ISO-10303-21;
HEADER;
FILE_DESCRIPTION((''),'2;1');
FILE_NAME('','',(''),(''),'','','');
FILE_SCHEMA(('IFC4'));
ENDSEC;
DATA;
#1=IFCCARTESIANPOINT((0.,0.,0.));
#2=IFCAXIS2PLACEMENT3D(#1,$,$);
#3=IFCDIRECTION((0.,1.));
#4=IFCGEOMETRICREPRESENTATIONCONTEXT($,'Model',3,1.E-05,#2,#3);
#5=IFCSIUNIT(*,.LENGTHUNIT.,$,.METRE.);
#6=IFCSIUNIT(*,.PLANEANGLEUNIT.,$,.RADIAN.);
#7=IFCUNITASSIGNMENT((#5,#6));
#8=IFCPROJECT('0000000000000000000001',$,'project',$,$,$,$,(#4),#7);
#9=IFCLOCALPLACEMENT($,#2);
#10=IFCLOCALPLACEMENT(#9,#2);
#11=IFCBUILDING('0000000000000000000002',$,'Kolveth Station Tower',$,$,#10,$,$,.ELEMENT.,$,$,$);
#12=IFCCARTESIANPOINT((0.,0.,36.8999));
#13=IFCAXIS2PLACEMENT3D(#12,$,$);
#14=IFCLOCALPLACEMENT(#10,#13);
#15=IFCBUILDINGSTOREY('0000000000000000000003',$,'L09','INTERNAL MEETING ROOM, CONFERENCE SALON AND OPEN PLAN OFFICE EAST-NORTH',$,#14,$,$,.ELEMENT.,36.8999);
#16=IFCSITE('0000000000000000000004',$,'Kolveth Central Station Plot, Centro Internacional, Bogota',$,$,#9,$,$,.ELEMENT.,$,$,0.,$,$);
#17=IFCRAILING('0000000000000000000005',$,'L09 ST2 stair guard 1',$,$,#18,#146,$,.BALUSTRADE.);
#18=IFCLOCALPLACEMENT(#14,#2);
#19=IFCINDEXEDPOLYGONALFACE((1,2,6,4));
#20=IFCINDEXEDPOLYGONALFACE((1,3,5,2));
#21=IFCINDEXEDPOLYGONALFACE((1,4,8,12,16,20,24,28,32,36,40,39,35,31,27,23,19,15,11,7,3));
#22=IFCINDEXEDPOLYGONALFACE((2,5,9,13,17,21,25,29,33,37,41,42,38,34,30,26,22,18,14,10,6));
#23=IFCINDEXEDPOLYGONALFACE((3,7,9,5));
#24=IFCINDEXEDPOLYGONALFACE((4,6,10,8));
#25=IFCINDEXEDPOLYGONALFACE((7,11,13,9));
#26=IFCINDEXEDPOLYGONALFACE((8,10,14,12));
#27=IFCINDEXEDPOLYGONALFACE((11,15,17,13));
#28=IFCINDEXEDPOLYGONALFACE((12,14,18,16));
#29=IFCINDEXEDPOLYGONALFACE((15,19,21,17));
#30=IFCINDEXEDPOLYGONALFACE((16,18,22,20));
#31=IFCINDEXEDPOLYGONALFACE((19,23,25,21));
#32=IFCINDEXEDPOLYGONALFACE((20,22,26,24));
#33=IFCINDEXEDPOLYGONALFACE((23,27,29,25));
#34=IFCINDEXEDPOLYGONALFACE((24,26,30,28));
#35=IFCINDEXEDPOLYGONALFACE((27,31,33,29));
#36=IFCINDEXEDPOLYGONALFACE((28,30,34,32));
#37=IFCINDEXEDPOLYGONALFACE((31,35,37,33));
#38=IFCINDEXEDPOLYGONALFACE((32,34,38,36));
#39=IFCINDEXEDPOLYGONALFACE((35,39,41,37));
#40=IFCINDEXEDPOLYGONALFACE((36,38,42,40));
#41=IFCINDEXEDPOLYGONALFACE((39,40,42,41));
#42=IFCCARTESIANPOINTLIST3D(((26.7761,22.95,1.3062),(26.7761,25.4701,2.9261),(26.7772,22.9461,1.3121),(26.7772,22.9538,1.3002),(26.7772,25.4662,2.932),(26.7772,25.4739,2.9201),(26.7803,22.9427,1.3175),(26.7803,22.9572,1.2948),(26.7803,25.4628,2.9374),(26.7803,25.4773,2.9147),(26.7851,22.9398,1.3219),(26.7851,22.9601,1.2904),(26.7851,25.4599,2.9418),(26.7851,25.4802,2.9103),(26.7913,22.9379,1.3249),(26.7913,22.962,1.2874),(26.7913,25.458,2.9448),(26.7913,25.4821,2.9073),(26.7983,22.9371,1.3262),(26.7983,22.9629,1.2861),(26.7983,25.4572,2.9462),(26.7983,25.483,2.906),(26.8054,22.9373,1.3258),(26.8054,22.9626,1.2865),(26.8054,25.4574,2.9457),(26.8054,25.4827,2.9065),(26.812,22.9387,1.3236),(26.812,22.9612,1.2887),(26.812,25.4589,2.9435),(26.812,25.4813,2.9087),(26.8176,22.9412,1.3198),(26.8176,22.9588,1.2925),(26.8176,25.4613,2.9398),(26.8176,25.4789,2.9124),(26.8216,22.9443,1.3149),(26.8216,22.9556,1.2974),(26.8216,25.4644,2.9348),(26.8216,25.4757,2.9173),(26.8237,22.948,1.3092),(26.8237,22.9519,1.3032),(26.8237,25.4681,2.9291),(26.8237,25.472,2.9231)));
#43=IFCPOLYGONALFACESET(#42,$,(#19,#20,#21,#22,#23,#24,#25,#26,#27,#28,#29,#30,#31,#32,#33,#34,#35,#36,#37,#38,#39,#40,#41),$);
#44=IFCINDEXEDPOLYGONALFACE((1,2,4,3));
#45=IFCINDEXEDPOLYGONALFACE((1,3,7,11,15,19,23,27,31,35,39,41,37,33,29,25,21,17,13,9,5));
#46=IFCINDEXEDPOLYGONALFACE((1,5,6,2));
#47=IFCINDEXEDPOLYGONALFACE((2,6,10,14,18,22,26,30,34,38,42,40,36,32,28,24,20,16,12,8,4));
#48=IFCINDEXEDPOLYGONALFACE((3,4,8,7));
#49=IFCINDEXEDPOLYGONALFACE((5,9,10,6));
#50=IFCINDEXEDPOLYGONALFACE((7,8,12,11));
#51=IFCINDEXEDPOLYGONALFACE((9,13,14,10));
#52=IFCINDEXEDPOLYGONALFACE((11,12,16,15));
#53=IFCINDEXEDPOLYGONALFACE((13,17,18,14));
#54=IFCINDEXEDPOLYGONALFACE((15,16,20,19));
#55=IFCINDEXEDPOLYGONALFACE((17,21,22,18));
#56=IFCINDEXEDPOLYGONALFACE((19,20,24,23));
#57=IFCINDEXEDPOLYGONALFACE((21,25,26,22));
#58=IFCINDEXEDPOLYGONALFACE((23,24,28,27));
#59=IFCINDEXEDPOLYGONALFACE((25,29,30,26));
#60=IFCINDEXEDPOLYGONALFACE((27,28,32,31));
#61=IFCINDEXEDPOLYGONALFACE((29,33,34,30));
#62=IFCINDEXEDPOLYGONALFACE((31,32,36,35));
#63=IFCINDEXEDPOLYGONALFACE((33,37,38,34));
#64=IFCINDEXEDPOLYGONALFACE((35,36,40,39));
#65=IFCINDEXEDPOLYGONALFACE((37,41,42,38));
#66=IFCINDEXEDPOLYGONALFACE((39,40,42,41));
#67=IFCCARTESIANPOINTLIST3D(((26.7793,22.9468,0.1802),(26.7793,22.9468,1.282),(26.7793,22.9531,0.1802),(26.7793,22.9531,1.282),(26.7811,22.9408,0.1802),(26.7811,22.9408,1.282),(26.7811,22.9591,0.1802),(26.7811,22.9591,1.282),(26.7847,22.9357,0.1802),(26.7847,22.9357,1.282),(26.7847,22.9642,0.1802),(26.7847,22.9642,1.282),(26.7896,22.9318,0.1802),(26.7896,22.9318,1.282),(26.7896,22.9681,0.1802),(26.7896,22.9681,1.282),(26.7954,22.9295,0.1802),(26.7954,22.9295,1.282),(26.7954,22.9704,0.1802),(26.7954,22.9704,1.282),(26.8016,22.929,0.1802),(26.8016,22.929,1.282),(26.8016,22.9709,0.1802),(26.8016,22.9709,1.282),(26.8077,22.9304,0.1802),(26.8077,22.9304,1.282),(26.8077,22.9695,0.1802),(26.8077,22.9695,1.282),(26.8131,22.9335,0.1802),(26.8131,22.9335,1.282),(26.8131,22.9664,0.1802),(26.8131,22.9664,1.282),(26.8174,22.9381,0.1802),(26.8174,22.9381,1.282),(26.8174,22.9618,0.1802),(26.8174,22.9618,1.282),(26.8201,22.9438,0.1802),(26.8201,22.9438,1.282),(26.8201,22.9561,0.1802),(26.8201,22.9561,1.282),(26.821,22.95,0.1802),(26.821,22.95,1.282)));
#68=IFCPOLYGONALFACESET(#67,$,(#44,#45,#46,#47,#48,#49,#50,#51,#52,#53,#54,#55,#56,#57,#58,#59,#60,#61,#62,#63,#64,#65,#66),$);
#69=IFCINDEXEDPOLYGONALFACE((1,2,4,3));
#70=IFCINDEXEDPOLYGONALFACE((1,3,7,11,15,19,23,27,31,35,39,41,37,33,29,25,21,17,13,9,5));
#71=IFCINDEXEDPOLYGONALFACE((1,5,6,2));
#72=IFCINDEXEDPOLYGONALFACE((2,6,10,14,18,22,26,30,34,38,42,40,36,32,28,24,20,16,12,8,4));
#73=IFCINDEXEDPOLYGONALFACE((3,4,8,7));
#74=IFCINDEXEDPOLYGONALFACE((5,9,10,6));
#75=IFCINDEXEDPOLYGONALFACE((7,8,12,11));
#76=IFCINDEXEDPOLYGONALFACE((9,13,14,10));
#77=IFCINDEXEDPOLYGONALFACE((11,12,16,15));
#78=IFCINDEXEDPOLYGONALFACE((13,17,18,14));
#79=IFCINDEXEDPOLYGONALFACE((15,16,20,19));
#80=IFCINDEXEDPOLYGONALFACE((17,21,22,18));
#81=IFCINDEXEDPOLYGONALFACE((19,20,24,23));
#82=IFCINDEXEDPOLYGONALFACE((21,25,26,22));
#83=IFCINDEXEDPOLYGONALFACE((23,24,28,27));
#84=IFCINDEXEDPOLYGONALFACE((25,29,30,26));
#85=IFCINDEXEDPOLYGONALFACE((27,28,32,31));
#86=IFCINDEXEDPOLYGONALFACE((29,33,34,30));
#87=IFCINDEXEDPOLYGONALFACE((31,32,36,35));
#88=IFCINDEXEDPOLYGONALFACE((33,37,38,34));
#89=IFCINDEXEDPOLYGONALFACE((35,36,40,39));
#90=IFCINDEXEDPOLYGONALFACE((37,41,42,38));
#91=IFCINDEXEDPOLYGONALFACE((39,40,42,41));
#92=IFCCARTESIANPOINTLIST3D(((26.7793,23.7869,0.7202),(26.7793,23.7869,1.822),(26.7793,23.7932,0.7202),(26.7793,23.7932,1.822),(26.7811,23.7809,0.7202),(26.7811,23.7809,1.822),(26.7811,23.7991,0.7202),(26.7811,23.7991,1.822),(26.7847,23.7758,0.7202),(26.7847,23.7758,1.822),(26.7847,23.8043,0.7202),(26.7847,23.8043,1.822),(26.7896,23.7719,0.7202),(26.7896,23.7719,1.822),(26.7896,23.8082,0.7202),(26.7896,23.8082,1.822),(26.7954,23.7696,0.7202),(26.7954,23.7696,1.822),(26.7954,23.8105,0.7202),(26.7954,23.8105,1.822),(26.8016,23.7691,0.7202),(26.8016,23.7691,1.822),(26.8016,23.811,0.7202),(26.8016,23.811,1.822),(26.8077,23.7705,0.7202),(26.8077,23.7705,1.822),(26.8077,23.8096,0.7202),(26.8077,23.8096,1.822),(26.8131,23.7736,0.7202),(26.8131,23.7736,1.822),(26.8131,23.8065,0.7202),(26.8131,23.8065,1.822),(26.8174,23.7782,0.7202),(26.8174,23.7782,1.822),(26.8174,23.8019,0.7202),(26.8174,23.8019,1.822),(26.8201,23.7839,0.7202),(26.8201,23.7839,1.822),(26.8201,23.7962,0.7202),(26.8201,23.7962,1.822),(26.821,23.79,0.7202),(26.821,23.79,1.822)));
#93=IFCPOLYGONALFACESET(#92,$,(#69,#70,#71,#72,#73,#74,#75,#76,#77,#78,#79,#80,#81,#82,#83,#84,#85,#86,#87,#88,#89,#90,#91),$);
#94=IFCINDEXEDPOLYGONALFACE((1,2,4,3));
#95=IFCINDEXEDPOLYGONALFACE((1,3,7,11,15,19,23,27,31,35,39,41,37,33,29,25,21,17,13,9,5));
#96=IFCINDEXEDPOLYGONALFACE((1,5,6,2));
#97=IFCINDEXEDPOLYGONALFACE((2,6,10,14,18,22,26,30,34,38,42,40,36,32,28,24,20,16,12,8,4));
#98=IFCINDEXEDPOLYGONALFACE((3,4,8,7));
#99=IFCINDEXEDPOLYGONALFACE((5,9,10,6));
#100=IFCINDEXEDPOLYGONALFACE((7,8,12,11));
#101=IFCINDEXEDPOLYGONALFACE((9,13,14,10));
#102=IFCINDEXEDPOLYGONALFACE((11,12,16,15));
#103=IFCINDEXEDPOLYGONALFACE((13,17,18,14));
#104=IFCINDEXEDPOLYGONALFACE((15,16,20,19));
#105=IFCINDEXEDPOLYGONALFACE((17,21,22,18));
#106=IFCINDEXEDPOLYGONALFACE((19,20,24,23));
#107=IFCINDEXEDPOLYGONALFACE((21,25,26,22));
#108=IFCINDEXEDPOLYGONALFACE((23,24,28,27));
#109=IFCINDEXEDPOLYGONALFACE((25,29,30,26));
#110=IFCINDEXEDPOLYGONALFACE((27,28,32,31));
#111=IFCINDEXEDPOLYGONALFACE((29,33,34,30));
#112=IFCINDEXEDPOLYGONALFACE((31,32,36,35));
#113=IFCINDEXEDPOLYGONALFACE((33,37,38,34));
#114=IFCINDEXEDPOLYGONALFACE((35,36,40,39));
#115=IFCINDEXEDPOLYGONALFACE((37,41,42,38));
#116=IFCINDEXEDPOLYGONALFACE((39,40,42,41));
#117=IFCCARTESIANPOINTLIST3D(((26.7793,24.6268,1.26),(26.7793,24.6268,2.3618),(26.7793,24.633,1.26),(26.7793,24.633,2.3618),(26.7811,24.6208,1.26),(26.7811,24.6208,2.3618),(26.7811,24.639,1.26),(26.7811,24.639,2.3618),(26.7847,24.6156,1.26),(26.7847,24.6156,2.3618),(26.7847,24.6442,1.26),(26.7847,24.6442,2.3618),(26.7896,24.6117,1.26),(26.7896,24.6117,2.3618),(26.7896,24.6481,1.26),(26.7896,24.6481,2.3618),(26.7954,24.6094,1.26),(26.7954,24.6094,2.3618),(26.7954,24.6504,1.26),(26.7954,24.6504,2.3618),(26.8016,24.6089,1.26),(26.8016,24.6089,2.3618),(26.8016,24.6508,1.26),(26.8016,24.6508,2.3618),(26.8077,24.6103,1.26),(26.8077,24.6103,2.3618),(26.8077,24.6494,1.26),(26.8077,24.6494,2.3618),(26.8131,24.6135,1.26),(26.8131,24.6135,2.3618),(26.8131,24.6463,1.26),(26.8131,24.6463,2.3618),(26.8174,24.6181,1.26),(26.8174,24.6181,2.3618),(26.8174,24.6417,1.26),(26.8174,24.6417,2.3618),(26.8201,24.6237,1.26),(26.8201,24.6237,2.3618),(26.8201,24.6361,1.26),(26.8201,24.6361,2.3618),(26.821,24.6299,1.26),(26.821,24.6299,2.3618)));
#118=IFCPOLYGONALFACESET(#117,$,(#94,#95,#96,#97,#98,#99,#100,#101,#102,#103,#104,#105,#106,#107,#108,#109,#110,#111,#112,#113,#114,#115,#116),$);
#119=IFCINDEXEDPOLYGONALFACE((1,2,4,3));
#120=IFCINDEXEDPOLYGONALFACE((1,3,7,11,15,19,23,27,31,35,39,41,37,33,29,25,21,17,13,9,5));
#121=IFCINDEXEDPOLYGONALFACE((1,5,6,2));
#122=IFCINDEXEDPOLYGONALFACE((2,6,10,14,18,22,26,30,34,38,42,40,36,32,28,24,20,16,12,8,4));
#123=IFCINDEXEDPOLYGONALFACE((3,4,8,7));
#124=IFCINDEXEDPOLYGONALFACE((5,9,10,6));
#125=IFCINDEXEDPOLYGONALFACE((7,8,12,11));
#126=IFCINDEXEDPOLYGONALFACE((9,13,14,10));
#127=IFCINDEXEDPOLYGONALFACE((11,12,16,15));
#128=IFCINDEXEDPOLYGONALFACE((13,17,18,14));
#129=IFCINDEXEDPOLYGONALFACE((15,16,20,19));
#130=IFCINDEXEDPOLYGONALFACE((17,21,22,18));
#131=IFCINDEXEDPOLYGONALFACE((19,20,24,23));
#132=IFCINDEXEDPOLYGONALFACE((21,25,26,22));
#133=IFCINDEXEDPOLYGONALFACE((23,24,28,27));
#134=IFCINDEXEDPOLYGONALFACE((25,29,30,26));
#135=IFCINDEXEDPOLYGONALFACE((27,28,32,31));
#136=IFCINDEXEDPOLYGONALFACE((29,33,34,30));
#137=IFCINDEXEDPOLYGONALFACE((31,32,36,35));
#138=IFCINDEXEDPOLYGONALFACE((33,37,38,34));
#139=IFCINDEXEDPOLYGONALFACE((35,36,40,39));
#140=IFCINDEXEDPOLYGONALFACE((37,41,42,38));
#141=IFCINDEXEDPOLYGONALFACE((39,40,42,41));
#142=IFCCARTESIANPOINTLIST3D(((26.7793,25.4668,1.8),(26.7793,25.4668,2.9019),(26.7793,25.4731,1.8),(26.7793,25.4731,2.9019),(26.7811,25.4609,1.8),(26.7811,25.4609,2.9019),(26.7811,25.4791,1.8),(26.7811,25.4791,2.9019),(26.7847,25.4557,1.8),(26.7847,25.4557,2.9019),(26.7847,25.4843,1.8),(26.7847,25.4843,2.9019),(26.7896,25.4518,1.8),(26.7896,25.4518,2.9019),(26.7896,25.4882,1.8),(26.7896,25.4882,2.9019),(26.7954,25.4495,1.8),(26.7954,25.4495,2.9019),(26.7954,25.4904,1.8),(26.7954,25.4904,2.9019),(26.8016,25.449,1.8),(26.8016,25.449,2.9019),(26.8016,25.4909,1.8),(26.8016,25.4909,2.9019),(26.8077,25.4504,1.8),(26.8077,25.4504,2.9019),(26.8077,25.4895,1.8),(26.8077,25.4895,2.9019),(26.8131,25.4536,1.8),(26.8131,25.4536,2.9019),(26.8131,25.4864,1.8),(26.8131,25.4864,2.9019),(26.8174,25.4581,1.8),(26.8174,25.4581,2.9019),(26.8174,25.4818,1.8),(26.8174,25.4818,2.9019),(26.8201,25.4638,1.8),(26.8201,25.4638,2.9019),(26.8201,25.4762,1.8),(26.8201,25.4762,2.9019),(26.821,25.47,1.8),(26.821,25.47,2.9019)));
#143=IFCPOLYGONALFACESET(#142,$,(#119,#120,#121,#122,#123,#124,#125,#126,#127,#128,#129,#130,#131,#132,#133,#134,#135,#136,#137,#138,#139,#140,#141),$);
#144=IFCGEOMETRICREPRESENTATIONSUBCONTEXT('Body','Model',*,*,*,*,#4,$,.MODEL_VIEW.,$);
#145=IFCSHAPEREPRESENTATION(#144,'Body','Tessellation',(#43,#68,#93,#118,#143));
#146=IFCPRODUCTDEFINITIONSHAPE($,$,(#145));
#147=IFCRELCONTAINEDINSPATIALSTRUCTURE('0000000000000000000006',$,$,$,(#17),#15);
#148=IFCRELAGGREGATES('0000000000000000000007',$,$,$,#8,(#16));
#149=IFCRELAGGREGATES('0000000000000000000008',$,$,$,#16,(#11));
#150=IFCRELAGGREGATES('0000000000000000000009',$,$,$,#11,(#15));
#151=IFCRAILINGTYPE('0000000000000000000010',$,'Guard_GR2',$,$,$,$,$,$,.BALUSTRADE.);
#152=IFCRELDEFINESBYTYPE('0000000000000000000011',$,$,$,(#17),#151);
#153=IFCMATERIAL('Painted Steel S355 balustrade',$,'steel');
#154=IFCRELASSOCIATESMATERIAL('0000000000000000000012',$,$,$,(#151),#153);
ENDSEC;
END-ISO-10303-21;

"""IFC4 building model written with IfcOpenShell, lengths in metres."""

from ifc_helpers import new_model, si_unit, direction, frame, origin, origin_2d, place, context, subcontext, project, spatial, circle, extrude, material, type_object, element, save


model = new_model("IFC4")

# Units and contexts
model_context = context("Model", 3, precision=1e-05, world=origin(), true_north=direction((0.0, 1.0)))
body_context = subcontext(model_context, "Body", "Model", "MODEL_VIEW")
ifc_project = project(units=[si_unit("LENGTHUNIT", "METRE"), si_unit("PLANEANGLEUNIT", "RADIAN")], contexts=[model_context])

# Site, building, storey
site_placement = place(None, origin())
site = spatial("IfcSite", under=ifc_project, at=site_placement, Name="Kolveth Central Station Plot, Centro Internacional, Bogota", CompositionType="ELEMENT", RefElevation=0.0)
building_placement = place(site_placement, origin())
building = spatial("IfcBuilding", under=site, at=building_placement, Name="Kolveth Station Tower", CompositionType="ELEMENT")
storey_placement = place(building_placement, frame((0.0, 0.0, 36.8999)))
storey = spatial("IfcBuildingStorey", under=building, at=storey_placement, Name="L09", Description="INTERNAL MEETING ROOM, CONFERENCE SALON AND OPEN PLAN OFFICE EAST-NORTH", CompositionType="ELEMENT", Elevation=36.8999)

# Railing
ifc_material_1 = material(Name="Painted Steel S355 balustrade", Category="steel")
railing_type_1 = type_object("IfcRailingType", Name="Guard_GR2", PredefinedType="BALUSTRADE", material=ifc_material_1)
railing_1_placement = place(storey_placement, frame((26.8, 22.95, 0.1802)))
element("IfcRailing", 1, at=railing_1_placement, inside=storey, type_object=railing_type_1, Name="L09 ST2 stair guard 1", PredefinedType="BALUSTRADE", context=body_context, shape_type="SweptSolid", body=[
    extrude(circle(Radius=0.0239, at=origin_2d()), frame((0.0, 0.0, 1.126), z_axis=(0.0, 0.8412, 0.540725), x_axis=(-1.0, 0.0, 0.0)), (0.0, 0.0, 1.0), 2.9958),
    extrude(circle(Radius=0.021, at=origin_2d()), origin(), (0.0, 0.0, 1.0), 1.1018),
    extrude(circle(Radius=0.021, at=origin_2d()), frame((0.0, 0.8401, 0.54)), (0.0, 0.0, 1.0), 1.1018),
    extrude(circle(Radius=0.021, at=origin_2d()), frame((0.0, 1.6799, 1.0798)), (0.0, 0.0, 1.0), 1.1018),
    extrude(circle(Radius=0.021, at=origin_2d()), frame((0.0, 2.52, 1.6199)), (0.0, 0.0, 1.0), 1.1018),
])

save(model, "model.ifc")
